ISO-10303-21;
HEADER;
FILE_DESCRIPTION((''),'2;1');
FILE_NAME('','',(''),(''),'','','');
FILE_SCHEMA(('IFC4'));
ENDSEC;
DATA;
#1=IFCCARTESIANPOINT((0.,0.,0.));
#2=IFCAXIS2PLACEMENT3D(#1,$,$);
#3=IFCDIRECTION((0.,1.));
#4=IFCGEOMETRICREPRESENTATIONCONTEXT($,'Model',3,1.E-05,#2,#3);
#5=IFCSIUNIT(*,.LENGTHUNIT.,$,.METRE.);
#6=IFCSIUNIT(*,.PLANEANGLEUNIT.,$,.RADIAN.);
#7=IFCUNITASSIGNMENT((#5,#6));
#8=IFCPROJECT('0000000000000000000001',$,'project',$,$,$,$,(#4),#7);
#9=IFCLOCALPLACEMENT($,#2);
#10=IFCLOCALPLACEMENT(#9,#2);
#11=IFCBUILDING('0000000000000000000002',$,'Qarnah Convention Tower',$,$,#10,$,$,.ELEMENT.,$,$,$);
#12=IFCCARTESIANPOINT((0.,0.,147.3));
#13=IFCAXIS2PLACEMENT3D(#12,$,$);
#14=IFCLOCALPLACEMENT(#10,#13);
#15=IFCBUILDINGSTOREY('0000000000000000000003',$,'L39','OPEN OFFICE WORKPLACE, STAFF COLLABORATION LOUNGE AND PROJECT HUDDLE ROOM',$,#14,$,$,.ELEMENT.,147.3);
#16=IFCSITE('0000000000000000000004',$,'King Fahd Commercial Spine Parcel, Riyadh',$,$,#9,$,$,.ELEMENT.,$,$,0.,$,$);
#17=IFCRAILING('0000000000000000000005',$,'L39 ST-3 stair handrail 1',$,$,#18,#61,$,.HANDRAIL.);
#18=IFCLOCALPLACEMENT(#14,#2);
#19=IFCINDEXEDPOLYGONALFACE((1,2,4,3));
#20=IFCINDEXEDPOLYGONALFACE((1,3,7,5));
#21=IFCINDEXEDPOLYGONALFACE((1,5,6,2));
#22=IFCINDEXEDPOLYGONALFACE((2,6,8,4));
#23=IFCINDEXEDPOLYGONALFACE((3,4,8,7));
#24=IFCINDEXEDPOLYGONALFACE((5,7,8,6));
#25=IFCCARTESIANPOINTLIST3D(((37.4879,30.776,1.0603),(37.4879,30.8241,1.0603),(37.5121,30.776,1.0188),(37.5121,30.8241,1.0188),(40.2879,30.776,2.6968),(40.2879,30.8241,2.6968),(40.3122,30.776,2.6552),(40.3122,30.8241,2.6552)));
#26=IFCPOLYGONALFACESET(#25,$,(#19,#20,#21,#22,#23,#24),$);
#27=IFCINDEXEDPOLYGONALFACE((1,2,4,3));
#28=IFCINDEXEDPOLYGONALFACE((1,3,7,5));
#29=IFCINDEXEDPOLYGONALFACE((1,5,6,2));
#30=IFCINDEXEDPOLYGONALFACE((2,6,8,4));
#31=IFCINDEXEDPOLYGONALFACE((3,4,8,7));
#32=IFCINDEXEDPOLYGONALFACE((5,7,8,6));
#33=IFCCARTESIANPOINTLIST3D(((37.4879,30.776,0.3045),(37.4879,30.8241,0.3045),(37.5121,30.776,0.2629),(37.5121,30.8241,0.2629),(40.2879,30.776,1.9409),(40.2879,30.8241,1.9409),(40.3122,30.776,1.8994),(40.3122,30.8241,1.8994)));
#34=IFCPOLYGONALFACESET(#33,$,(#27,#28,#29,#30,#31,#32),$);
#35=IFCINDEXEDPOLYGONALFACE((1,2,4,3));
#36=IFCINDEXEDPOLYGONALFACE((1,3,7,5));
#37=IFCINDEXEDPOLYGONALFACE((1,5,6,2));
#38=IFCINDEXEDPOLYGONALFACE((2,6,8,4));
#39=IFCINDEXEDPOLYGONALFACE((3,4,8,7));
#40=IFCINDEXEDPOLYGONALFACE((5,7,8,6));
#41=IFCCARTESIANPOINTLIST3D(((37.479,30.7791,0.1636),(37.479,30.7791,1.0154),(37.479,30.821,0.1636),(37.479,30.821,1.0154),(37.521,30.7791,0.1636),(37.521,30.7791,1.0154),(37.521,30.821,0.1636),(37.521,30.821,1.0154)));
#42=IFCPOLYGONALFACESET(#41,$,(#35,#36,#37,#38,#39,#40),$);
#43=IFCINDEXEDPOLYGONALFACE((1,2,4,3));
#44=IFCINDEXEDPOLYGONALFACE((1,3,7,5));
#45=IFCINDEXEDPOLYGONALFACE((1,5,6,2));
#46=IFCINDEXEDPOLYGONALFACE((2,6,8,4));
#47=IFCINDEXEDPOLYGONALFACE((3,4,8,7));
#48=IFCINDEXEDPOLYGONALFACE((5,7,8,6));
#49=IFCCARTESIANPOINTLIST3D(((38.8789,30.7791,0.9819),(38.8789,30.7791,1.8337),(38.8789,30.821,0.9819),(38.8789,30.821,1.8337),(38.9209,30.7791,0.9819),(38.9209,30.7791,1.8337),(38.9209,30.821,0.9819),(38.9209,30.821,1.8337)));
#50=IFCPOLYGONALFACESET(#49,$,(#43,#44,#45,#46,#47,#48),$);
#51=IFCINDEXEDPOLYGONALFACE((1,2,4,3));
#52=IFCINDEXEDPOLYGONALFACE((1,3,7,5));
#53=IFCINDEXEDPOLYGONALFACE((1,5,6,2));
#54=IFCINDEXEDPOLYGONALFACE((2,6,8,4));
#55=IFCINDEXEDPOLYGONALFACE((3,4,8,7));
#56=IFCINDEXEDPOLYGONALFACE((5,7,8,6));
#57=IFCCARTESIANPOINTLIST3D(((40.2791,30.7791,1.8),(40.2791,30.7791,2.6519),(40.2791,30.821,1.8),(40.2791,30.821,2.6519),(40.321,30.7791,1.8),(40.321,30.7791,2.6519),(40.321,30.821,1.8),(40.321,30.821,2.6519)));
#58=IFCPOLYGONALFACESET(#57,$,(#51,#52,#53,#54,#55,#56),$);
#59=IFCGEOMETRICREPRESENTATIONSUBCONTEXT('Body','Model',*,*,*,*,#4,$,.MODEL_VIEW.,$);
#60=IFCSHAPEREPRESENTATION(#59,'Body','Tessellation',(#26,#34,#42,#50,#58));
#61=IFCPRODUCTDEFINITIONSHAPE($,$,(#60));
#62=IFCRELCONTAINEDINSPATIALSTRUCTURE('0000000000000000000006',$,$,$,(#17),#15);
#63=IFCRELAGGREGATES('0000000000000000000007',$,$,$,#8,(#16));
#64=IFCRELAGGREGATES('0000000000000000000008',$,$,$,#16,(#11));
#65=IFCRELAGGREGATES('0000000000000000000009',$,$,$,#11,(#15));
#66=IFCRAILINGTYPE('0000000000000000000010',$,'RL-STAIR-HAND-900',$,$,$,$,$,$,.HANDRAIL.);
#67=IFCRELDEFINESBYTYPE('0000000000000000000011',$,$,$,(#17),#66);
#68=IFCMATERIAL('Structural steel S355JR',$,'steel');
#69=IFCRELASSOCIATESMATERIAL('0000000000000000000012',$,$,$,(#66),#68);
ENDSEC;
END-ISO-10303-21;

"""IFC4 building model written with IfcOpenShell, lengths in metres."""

from ifc_helpers import new_model, si_unit, direction, frame, origin, origin_2d, place, context, subcontext, project, spatial, rectangle, extrude, material, type_object, element, save


model = new_model("IFC4")

# Units and contexts
model_context = context("Model", 3, precision=1e-05, world=origin(), true_north=direction((0.0, 1.0)))
body_context = subcontext(model_context, "Body", "Model", "MODEL_VIEW")
ifc_project = project(units=[si_unit("LENGTHUNIT", "METRE"), si_unit("PLANEANGLEUNIT", "RADIAN")], contexts=[model_context])

# Site, building, storey
site_placement = place(None, origin())
site = spatial("IfcSite", under=ifc_project, at=site_placement, Name="King Fahd Commercial Spine Parcel, Riyadh", CompositionType="ELEMENT", RefElevation=0.0)
building_placement = place(site_placement, origin())
building = spatial("IfcBuilding", under=site, at=building_placement, Name="Qarnah Convention Tower", CompositionType="ELEMENT")
storey_placement = place(building_placement, frame((0.0, 0.0, 147.3)))
storey = spatial("IfcBuildingStorey", under=building, at=storey_placement, Name="L39", Description="OPEN OFFICE WORKPLACE, STAFF COLLABORATION LOUNGE AND PROJECT HUDDLE ROOM", CompositionType="ELEMENT", Elevation=147.3)

# Shared definitions
ifc_material_1 = material(Name="Structural steel S355JR", Category="steel")

# Railing
railing_type_1 = type_object("IfcRailingType", Name="RL-STAIR-HAND-900", PredefinedType="HANDRAIL", material=ifc_material_1)
railing_1_placement = place(storey_placement, frame((37.5, 30.8, 0.1636)))
element("IfcRailing", 1, at=railing_1_placement, inside=storey, type_object=railing_type_1, Name="L39 ST-3 stair handrail 1", PredefinedType="HANDRAIL", context=body_context, shape_type="SweptSolid", body=[
    extrude(rectangle(XDim=0.0481, YDim=0.0481, at=origin_2d()), frame((0.0, 0.0, 0.876), z_axis=(0.863361, 0.0, 0.504587), x_axis=(0.0, 1.0, 0.0)), (0.0, 0.0, 1.0), 3.2432),
    extrude(rectangle(XDim=0.0481, YDim=0.0481, at=origin_2d()), frame((0.0, 0.0, 0.1201), z_axis=(0.863361, 0.0, 0.504587), x_axis=(0.0, 1.0, 0.0)), (0.0, 0.0, 1.0), 3.2432),
    extrude(rectangle(XDim=0.042, YDim=0.042, at=origin_2d()), origin(), (0.0, 0.0, 1.0), 0.8518),
    extrude(rectangle(XDim=0.042, YDim=0.042, at=origin_2d()), frame((1.3999, 0.0, 0.8184)), (0.0, 0.0, 1.0), 0.8518),
    extrude(rectangle(XDim=0.042, YDim=0.042, at=origin_2d()), frame((2.8, 0.0, 1.6365)), (0.0, 0.0, 1.0), 0.8518),
])

save(model, "model.ifc")
